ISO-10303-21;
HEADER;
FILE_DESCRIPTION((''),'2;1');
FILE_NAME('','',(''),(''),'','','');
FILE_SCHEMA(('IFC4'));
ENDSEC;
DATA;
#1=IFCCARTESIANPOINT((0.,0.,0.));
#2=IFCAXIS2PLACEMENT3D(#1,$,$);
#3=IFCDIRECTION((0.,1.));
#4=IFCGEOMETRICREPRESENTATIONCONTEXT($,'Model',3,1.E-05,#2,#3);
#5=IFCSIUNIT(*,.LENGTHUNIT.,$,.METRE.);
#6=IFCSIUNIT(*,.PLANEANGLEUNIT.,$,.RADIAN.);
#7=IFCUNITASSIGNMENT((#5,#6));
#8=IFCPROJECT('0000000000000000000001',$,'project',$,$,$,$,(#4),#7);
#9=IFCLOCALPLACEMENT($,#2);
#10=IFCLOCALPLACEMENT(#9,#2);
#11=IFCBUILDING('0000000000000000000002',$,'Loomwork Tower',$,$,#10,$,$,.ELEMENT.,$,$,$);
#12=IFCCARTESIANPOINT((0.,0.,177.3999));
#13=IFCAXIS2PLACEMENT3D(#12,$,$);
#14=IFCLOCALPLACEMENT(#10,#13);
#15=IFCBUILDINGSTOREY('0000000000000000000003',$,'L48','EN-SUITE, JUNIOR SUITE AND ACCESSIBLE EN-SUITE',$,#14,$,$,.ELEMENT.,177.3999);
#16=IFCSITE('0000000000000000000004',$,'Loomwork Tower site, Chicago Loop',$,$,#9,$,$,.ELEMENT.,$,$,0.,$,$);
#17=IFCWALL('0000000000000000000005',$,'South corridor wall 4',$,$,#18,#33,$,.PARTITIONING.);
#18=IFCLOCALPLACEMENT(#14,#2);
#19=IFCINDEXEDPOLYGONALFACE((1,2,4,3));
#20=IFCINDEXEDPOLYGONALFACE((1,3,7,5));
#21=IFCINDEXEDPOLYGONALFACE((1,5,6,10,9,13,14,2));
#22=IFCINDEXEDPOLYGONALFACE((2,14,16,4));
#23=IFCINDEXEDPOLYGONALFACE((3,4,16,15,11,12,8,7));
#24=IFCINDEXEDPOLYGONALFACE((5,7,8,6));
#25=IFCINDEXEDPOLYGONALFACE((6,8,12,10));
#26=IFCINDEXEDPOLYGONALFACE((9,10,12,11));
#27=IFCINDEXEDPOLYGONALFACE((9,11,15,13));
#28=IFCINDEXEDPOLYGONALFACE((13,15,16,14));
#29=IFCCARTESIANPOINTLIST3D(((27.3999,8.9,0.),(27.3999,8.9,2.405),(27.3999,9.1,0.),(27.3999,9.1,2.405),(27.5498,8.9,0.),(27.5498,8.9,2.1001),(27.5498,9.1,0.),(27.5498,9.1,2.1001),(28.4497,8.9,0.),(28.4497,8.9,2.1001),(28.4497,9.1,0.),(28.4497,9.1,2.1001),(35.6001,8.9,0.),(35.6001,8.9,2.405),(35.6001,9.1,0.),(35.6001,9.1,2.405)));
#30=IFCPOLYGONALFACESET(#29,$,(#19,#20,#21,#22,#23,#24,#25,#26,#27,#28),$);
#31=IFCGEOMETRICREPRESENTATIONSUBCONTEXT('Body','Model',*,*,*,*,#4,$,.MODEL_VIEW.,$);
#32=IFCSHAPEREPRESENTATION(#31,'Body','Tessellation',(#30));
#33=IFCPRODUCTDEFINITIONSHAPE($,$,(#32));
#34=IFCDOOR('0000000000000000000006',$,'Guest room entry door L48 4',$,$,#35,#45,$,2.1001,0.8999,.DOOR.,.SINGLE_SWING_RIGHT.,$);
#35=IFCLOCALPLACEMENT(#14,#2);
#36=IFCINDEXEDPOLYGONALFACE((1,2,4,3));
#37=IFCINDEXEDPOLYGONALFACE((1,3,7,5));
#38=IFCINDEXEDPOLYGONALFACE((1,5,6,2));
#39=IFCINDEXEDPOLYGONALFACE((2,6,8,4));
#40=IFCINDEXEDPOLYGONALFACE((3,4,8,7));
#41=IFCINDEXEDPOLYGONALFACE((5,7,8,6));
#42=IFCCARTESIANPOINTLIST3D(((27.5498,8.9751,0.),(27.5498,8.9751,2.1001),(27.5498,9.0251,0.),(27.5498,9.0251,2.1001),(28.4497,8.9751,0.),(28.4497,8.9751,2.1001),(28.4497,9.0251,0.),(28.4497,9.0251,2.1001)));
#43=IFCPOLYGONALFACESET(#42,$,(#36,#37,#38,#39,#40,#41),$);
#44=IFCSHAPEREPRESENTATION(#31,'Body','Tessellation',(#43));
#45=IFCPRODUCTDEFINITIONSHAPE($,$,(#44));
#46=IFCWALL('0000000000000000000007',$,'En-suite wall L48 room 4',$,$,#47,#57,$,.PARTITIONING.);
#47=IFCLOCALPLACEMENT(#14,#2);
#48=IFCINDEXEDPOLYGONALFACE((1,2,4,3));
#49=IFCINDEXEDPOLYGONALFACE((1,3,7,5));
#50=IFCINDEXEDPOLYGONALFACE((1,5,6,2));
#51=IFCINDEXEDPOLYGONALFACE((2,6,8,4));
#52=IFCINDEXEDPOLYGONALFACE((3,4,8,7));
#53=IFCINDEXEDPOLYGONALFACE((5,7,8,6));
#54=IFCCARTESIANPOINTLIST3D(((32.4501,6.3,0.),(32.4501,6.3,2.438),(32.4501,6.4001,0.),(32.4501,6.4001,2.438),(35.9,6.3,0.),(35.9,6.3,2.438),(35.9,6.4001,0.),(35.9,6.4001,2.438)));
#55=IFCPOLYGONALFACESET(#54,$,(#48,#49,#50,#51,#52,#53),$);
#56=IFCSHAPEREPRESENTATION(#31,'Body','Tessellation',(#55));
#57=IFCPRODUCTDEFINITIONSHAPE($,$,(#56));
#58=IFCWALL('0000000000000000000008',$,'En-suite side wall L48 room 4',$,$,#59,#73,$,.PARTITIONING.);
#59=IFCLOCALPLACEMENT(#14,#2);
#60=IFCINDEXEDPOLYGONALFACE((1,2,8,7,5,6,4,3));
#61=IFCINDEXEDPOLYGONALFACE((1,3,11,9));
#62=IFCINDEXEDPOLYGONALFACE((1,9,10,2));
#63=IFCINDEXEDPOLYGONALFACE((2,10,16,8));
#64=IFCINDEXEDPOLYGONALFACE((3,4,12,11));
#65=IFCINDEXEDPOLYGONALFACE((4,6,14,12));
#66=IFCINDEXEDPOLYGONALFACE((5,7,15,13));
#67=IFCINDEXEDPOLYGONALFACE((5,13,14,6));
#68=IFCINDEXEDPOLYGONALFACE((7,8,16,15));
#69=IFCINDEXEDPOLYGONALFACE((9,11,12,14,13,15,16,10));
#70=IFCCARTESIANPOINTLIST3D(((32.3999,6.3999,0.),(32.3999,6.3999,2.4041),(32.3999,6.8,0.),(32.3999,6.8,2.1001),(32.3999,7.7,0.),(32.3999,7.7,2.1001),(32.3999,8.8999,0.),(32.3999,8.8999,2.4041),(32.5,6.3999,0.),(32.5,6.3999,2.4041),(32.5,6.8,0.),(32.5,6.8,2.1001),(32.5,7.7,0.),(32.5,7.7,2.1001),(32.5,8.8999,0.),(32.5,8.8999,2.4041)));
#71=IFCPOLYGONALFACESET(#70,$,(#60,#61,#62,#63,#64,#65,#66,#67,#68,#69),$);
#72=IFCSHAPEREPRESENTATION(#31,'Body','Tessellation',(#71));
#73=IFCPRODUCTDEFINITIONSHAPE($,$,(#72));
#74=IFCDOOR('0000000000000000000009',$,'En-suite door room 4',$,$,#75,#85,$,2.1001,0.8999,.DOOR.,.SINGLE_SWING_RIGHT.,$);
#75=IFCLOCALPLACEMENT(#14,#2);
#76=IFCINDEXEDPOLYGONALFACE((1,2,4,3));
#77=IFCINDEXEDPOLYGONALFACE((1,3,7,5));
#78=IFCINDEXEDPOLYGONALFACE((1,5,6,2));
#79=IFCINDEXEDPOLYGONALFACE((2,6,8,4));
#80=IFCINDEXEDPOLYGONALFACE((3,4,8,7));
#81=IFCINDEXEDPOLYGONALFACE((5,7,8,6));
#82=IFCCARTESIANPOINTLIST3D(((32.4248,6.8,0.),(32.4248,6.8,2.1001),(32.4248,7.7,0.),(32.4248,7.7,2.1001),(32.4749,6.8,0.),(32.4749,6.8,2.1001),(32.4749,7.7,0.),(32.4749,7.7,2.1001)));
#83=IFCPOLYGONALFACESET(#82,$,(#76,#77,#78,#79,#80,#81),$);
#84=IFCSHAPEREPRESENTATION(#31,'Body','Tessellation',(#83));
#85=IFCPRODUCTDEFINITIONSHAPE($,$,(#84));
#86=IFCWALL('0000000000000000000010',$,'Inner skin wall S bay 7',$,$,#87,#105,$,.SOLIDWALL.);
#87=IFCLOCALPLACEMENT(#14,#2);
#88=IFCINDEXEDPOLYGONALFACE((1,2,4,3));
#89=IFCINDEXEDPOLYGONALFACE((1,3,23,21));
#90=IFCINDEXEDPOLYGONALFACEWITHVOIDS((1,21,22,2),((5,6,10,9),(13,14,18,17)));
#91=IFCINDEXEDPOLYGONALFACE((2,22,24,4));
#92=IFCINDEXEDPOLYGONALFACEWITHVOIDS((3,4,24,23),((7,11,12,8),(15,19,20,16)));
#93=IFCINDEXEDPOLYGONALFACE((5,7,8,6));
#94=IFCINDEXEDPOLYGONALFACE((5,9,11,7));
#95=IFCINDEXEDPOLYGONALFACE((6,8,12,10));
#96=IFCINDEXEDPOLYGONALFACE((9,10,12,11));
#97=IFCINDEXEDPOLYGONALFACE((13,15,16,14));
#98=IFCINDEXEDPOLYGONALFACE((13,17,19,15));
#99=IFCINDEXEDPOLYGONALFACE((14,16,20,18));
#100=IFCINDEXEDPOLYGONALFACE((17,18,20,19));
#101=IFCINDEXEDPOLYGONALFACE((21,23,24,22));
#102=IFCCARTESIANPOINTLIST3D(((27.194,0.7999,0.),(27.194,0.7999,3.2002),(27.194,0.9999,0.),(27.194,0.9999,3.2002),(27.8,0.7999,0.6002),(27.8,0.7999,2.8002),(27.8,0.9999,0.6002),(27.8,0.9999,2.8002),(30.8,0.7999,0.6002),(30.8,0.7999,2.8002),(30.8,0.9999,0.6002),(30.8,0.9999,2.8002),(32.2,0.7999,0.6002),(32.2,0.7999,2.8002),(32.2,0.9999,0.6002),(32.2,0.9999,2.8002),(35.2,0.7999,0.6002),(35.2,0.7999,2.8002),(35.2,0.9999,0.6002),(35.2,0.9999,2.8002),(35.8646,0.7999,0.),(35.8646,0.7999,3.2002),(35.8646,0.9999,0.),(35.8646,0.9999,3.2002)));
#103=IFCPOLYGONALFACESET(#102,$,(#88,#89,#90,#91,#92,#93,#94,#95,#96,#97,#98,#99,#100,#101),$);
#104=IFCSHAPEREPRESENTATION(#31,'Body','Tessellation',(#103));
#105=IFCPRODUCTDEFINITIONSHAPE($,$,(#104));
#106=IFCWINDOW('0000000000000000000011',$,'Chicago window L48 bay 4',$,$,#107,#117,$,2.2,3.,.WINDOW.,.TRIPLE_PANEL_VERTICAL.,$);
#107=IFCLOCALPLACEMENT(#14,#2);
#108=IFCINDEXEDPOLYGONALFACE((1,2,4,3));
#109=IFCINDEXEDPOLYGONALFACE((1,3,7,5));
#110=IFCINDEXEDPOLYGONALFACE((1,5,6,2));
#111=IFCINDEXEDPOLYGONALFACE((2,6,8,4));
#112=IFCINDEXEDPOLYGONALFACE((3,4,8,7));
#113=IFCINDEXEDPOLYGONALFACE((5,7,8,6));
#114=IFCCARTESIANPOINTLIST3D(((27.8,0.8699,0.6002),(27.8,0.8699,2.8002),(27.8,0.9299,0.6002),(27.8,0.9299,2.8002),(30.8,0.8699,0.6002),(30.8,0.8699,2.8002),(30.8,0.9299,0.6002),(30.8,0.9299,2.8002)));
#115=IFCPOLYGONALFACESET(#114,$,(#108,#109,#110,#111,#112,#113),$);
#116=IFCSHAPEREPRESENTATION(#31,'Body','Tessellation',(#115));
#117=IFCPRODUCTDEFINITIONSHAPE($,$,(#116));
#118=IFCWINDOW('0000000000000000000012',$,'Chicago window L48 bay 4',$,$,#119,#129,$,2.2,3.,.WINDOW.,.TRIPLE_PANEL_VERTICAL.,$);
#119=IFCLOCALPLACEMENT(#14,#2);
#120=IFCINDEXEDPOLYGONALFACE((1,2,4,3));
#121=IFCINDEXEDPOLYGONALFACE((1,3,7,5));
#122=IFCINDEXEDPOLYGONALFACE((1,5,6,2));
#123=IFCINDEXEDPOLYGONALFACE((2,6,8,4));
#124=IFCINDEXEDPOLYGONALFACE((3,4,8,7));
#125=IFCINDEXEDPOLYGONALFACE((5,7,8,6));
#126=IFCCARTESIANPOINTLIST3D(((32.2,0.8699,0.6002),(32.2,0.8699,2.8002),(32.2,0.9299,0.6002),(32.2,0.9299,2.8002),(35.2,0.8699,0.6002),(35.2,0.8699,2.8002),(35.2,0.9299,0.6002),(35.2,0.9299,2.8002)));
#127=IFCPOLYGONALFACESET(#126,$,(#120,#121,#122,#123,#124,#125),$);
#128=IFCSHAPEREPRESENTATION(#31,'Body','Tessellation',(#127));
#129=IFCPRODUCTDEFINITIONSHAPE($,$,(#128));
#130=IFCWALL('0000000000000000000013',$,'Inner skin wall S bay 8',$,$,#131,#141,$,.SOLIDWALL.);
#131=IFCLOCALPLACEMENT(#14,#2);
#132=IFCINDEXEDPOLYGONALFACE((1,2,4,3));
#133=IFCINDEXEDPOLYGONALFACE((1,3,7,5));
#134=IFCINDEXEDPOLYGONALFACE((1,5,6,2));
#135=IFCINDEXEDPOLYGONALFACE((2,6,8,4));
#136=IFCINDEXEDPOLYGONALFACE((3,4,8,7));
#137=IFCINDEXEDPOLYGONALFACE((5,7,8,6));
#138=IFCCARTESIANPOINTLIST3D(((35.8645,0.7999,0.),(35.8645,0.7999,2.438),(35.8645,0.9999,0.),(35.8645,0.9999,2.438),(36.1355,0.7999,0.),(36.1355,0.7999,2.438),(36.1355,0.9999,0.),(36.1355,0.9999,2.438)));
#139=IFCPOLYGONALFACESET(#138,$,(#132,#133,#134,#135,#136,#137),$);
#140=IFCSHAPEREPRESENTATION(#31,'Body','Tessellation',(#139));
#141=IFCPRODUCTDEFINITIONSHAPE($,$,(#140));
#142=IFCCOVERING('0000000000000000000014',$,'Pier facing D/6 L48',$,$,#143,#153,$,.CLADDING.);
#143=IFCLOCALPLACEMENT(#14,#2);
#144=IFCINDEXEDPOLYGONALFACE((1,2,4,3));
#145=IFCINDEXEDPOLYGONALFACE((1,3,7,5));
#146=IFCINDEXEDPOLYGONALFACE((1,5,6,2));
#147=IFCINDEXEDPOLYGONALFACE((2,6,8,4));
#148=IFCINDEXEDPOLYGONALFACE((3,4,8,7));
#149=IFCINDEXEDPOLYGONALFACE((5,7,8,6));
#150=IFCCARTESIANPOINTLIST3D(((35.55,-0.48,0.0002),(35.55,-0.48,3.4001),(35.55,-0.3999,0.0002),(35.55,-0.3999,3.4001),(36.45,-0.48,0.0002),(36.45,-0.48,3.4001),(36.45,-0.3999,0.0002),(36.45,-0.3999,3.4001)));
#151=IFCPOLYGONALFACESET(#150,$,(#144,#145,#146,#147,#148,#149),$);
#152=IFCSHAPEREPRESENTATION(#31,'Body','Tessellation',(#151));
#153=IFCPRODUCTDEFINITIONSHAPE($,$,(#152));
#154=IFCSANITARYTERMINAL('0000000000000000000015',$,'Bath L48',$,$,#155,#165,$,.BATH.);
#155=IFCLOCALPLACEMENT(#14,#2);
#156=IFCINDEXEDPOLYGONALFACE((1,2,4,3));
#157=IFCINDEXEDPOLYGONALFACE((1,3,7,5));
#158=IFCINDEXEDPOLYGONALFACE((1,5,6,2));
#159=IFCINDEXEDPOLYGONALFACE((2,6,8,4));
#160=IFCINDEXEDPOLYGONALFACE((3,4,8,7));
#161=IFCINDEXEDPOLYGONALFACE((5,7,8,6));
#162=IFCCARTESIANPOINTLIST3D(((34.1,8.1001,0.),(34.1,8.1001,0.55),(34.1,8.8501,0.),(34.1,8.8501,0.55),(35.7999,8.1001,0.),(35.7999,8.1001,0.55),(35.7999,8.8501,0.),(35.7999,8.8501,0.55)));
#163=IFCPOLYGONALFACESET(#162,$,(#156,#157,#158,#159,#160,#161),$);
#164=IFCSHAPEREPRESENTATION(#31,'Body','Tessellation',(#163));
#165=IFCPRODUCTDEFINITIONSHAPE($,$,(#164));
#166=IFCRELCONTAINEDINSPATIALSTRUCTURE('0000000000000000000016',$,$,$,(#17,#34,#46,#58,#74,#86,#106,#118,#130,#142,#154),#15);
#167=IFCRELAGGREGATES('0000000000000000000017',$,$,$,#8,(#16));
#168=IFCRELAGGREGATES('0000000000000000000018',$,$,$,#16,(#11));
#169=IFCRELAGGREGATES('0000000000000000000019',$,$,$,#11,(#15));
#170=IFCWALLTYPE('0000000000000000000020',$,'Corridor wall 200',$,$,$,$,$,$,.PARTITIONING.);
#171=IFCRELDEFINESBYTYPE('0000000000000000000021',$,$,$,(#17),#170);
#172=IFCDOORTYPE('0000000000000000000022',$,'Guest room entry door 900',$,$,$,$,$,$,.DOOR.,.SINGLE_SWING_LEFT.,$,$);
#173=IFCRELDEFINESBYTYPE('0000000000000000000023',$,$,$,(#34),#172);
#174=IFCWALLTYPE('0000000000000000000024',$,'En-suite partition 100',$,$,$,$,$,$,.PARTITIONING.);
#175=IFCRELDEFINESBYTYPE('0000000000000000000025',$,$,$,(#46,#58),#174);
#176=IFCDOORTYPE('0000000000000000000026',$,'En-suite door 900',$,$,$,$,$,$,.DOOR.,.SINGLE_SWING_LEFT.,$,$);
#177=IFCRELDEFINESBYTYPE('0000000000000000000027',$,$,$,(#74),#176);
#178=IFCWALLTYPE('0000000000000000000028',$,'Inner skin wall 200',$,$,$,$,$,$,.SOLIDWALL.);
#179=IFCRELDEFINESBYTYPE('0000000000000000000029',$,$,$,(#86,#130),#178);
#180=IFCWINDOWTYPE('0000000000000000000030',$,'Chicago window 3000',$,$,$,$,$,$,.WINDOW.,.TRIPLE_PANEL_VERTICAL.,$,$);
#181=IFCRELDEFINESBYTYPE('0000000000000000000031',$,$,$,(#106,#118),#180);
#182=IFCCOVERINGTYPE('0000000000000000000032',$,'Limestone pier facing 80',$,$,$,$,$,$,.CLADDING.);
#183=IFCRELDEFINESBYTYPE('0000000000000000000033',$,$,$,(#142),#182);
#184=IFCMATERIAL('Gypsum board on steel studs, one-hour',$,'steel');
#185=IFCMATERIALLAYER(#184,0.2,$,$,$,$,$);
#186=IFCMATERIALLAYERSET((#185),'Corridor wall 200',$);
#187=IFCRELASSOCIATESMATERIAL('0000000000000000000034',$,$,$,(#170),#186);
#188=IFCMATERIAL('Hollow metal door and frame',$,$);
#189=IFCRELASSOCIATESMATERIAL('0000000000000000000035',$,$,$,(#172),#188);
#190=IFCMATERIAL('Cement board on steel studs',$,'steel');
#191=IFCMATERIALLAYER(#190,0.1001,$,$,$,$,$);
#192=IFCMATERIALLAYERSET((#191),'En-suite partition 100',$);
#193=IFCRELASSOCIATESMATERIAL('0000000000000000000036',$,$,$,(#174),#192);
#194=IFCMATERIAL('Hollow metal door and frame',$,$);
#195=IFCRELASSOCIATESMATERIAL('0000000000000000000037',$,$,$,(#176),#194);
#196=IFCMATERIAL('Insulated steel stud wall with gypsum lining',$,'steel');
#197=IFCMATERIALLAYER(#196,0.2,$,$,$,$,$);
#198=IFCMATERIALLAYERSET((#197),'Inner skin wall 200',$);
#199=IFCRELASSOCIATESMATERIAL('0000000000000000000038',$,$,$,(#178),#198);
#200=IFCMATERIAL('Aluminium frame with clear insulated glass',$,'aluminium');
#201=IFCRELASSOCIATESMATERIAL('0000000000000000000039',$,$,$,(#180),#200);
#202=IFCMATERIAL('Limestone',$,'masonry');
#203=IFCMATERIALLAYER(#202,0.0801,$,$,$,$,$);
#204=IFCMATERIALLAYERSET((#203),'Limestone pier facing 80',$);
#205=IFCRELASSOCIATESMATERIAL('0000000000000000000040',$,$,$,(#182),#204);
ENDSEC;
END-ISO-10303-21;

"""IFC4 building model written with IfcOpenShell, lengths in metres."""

from ifc_helpers import new_model, si_unit, direction, frame, frame_2d, origin, origin_2d, place, context, subcontext, project, spatial, rectangle, extrude, material, layer, layer_set, type_object, element, fill, save


model = new_model("IFC4")

# Units and contexts
model_context = context("Model", 3, precision=1e-05, world=origin(), true_north=direction((0.0, 1.0)))
body_context = subcontext(model_context, "Body", "Model", "MODEL_VIEW")
ifc_project = project(units=[si_unit("LENGTHUNIT", "METRE"), si_unit("PLANEANGLEUNIT", "RADIAN")], contexts=[model_context])

# Site, building, storey
site_placement = place(None, origin())
site = spatial("IfcSite", under=ifc_project, at=site_placement, Name="Loomwork Tower site, Chicago Loop", CompositionType="ELEMENT", RefElevation=0.0)
building_placement = place(site_placement, origin())
building = spatial("IfcBuilding", under=site, at=building_placement, Name="Loomwork Tower", CompositionType="ELEMENT")
storey_placement = place(building_placement, frame((0.0, 0.0, 177.3999)))
storey = spatial("IfcBuildingStorey", under=building, at=storey_placement, Name="L48", Description="EN-SUITE, JUNIOR SUITE AND ACCESSIBLE EN-SUITE", CompositionType="ELEMENT", Elevation=177.3999)

# Wall, opening, door
ifc_material_1 = material(Name="Gypsum board on steel studs, one-hour", Category="steel")
ifc_layer_1 = layer(ifc_material_1, 0.2)
ifc_layer_set_1 = layer_set([ifc_layer_1], Name="Corridor wall 200")
wall_type_1 = type_object("IfcWallType", Name="Corridor wall 200", PredefinedType="PARTITIONING", material=ifc_layer_set_1)
wall_1_placement = place(storey_placement, frame((27.3999, 9.0, 0.0), z_axis=(0.0, 0.0, 1.0), x_axis=(1.0, 0.0, 0.0)))
wall_1 = element("IfcWall", 1, at=wall_1_placement, inside=storey, type_object=wall_type_1, Name="South corridor wall 4", PredefinedType="PARTITIONING", context=body_context, shape_type="SweptSolid", body=[
    extrude(rectangle(XDim=8.2002, YDim=0.2, at=frame_2d((4.1001, 0.0))), origin(), (0.0, 0.0, 1.0), 2.405),
])
opening_1_placement = place(wall_1_placement, frame((0.1499, 0.0, 0.0)))
opening_1 = element("IfcOpeningElement", 2, at=opening_1_placement, cuts=wall_1, PredefinedType="OPENING", context=body_context, shape_type="SweptSolid", body=[
    extrude(rectangle(XDim=0.8999, YDim=2.1001, at=frame_2d((0.45, 1.05))), frame((0.0, 0.1099, 0.0), z_axis=(0.0, -1.0, 0.0), x_axis=(1.0, 0.0, 0.0)), (0.0, 0.0, 1.0), 0.22),
])
ifc_material_2 = material(Name="Hollow metal door and frame")
door_type_1 = type_object("IfcDoorType", Name="Guest room entry door 900", OperationType="SINGLE_SWING_LEFT", PredefinedType="DOOR", material=ifc_material_2)
door_1_placement = place(opening_1_placement, frame((0.8999, 0.0, 0.0), z_axis=(0.0, 0.0, 1.0), x_axis=(-1.0, 0.0, 0.0)))
door_1 = element("IfcDoor", 3, at=door_1_placement, inside=storey, type_object=door_type_1, Name="Guest room entry door L48 4", OperationType="SINGLE_SWING_RIGHT", OverallHeight=2.1001, OverallWidth=0.8999, PredefinedType="DOOR", context=body_context, shape_type="SweptSolid", body=[
    extrude(rectangle(XDim=0.8999, YDim=2.1001, at=frame_2d((0.45, 1.05))), frame((0.0, 0.0249, 0.0), z_axis=(0.0, -1.0, 0.0), x_axis=(1.0, 0.0, 0.0)), (0.0, 0.0, 1.0), 0.05),
])
fill(opening_1, door_1)

# Wall
ifc_material_3 = material(Name="Cement board on steel studs", Category="steel")
ifc_layer_2 = layer(ifc_material_3, 0.1001)
ifc_layer_set_2 = layer_set([ifc_layer_2], Name="En-suite partition 100")
wall_type_2 = type_object("IfcWallType", Name="En-suite partition 100", PredefinedType="PARTITIONING", material=ifc_layer_set_2)
wall_2_placement = place(storey_placement, frame((32.45, 6.3501, 0.0), z_axis=(0.0, 0.0, 1.0), x_axis=(1.0, 0.0, 0.0)))
element("IfcWall", 4, at=wall_2_placement, inside=storey, type_object=wall_type_2, Name="En-suite wall L48 room 4", PredefinedType="PARTITIONING", context=body_context, shape_type="SweptSolid", body=[
    extrude(rectangle(XDim=3.45, YDim=0.1001, at=frame_2d((1.7251, 0.0))), origin(), (0.0, 0.0, 1.0), 2.438),
])

# Wall, opening, door
wall_3_placement = place(storey_placement, frame((32.45, 8.8999, 0.0), z_axis=(0.0, 0.0, 1.0), x_axis=(0.0, -1.0, 0.0)))
wall_3 = element("IfcWall", 5, at=wall_3_placement, inside=storey, type_object=wall_type_2, Name="En-suite side wall L48 room 4", PredefinedType="PARTITIONING", context=body_context, shape_type="SweptSolid", body=[
    extrude(rectangle(XDim=2.5, YDim=0.1001, at=frame_2d((1.25, 0.0))), origin(), (0.0, 0.0, 1.0), 2.4041),
])
opening_2_placement = place(wall_3_placement, frame((1.2, 0.0, 0.0)))
opening_2 = element("IfcOpeningElement", 6, at=opening_2_placement, cuts=wall_3, PredefinedType="OPENING", context=body_context, shape_type="SweptSolid", body=[
    extrude(rectangle(XDim=0.8999, YDim=2.1001, at=frame_2d((0.45, 1.05))), frame((0.0, 0.0601, 0.0), z_axis=(0.0, -1.0, 0.0), x_axis=(1.0, 0.0, 0.0)), (0.0, 0.0, 1.0), 0.1201),
])
ifc_material_4 = material(Name="Hollow metal door and frame")
door_type_2 = type_object("IfcDoorType", Name="En-suite door 900", OperationType="SINGLE_SWING_LEFT", PredefinedType="DOOR", material=ifc_material_4)
door_2_placement = place(opening_2_placement, origin())
door_2 = element("IfcDoor", 7, at=door_2_placement, inside=storey, type_object=door_type_2, Name="En-suite door room 4", OperationType="SINGLE_SWING_RIGHT", OverallHeight=2.1001, OverallWidth=0.8999, PredefinedType="DOOR", context=body_context, shape_type="SweptSolid", body=[
    extrude(rectangle(XDim=0.8999, YDim=2.1001, at=frame_2d((0.45, 1.05))), frame((0.0, 0.0249, 0.0), z_axis=(0.0, -1.0, 0.0), x_axis=(1.0, 0.0, 0.0)), (0.0, 0.0, 1.0), 0.05),
])
fill(opening_2, door_2)

# Wall, openings, windows
ifc_material_5 = material(Name="Insulated steel stud wall with gypsum lining", Category="steel")
ifc_layer_3 = layer(ifc_material_5, 0.2)
ifc_layer_set_3 = layer_set([ifc_layer_3], Name="Inner skin wall 200")
wall_type_3 = type_object("IfcWallType", Name="Inner skin wall 200", PredefinedType="SOLIDWALL", material=ifc_layer_set_3)
wall_4_placement = place(storey_placement, frame((27.1938, 0.8999, 0.0), z_axis=(0.0, 0.0, 1.0), x_axis=(1.0, 0.0, 0.0)))
wall_4 = element("IfcWall", 8, at=wall_4_placement, inside=storey, type_object=wall_type_3, Name="Inner skin wall S bay 7", PredefinedType="SOLIDWALL", context=body_context, shape_type="SweptSolid", body=[
    extrude(rectangle(XDim=8.6707, YDim=0.2, at=frame_2d((4.3354, 0.0))), origin(), (0.0, 0.0, 1.0), 3.2002),
])
opening_3_placement = place(wall_4_placement, frame((0.6062, 0.0, 0.6001)))
opening_3 = element("IfcOpeningElement", 9, at=opening_3_placement, cuts=wall_4, PredefinedType="OPENING", context=body_context, shape_type="SweptSolid", body=[
    extrude(rectangle(XDim=3.0, YDim=2.2, at=frame_2d((1.5, 1.1001))), frame((0.0, 0.1099, 0.0), z_axis=(0.0, -1.0, 0.0), x_axis=(1.0, 0.0, 0.0)), (0.0, 0.0, 1.0), 0.22),
])
opening_4_placement = place(wall_4_placement, frame((5.0061, 0.0, 0.6001)))
opening_4 = element("IfcOpeningElement", 10, at=opening_4_placement, cuts=wall_4, PredefinedType="OPENING", context=body_context, shape_type="SweptSolid", body=[
    extrude(rectangle(XDim=3.0, YDim=2.2, at=frame_2d((1.5, 1.1001))), frame((0.0, 0.1099, 0.0), z_axis=(0.0, -1.0, 0.0), x_axis=(1.0, 0.0, 0.0)), (0.0, 0.0, 1.0), 0.22),
])
ifc_material_6 = material(Name="Aluminium frame with clear insulated glass", Category="aluminium")
window_type = type_object("IfcWindowType", Name="Chicago window 3000", PartitioningType="TRIPLE_PANEL_VERTICAL", PredefinedType="WINDOW", material=ifc_material_6)
window_1_placement = place(opening_3_placement, origin())
window_1 = element("IfcWindow", 11, at=window_1_placement, inside=storey, type_object=window_type, Name="Chicago window L48 bay 4", OverallHeight=2.2, OverallWidth=3.0, PartitioningType="TRIPLE_PANEL_VERTICAL", PredefinedType="WINDOW", context=body_context, shape_type="SweptSolid", body=[
    extrude(rectangle(XDim=3.0, YDim=2.2, at=frame_2d((1.5, 1.1001))), frame((0.0, 0.03, 0.0), z_axis=(0.0, -1.0, 0.0), x_axis=(1.0, 0.0, 0.0)), (0.0, 0.0, 1.0), 0.0601),
])
fill(opening_3, window_1)
window_2_placement = place(opening_4_placement, origin())
window_2 = element("IfcWindow", 12, at=window_2_placement, inside=storey, type_object=window_type, Name="Chicago window L48 bay 4", OverallHeight=2.2, OverallWidth=3.0, PartitioningType="TRIPLE_PANEL_VERTICAL", PredefinedType="WINDOW", context=body_context, shape_type="SweptSolid", body=[
    extrude(rectangle(XDim=3.0, YDim=2.2, at=frame_2d((1.5, 1.1001))), frame((0.0, 0.03, 0.0), z_axis=(0.0, -1.0, 0.0), x_axis=(1.0, 0.0, 0.0)), (0.0, 0.0, 1.0), 0.0601),
])
fill(opening_4, window_2)

# Wall
wall_5_placement = place(storey_placement, frame((35.8645, 0.8999, 0.0), z_axis=(0.0, 0.0, 1.0), x_axis=(1.0, 0.0, 0.0)))
element("IfcWall", 13, at=wall_5_placement, inside=storey, type_object=wall_type_3, Name="Inner skin wall S bay 8", PredefinedType="SOLIDWALL", context=body_context, shape_type="SweptSolid", body=[
    extrude(rectangle(XDim=0.271, YDim=0.2, at=frame_2d((0.1355, 0.0))), origin(), (0.0, 0.0, 1.0), 2.438),
])

# Covering
ifc_material_7 = material(Name="Limestone", Category="masonry")
ifc_layer_4 = layer(ifc_material_7, 0.0801)
ifc_layer_set_4 = layer_set([ifc_layer_4], Name="Limestone pier facing 80")
covering_type = type_object("IfcCoveringType", Name="Limestone pier facing 80", PredefinedType="CLADDING", material=ifc_layer_set_4)
covering_placement = place(storey_placement, frame((36.0, -0.4399, 0.0002), z_axis=(0.0, 0.0, 1.0), x_axis=(1.0, 0.0, 0.0)))
element("IfcCovering", 14, at=covering_placement, inside=storey, type_object=covering_type, Name="Pier facing D/6 L48", PredefinedType="CLADDING", context=body_context, shape_type="SweptSolid", body=[
    extrude(rectangle(XDim=0.8999, YDim=0.0801, at=origin_2d()), origin(), (0.0, 0.0, 1.0), 3.3999),
])

# Sanitary terminal
sanitary_terminal_1_placement = place(storey_placement, frame((34.95, 8.4751, 0.0), z_axis=(0.0, 0.0, 1.0), x_axis=(1.0, 0.0, 0.0)))
element("IfcSanitaryTerminal", 15, at=sanitary_terminal_1_placement, inside=storey, Name="Bath L48", PredefinedType="BATH", context=body_context, shape_type="SweptSolid", body=[
    extrude(rectangle(XDim=1.7, YDim=0.75, at=origin_2d()), origin(), (0.0, 0.0, 1.0), 0.55),
])

save(model, "model.ifc")
